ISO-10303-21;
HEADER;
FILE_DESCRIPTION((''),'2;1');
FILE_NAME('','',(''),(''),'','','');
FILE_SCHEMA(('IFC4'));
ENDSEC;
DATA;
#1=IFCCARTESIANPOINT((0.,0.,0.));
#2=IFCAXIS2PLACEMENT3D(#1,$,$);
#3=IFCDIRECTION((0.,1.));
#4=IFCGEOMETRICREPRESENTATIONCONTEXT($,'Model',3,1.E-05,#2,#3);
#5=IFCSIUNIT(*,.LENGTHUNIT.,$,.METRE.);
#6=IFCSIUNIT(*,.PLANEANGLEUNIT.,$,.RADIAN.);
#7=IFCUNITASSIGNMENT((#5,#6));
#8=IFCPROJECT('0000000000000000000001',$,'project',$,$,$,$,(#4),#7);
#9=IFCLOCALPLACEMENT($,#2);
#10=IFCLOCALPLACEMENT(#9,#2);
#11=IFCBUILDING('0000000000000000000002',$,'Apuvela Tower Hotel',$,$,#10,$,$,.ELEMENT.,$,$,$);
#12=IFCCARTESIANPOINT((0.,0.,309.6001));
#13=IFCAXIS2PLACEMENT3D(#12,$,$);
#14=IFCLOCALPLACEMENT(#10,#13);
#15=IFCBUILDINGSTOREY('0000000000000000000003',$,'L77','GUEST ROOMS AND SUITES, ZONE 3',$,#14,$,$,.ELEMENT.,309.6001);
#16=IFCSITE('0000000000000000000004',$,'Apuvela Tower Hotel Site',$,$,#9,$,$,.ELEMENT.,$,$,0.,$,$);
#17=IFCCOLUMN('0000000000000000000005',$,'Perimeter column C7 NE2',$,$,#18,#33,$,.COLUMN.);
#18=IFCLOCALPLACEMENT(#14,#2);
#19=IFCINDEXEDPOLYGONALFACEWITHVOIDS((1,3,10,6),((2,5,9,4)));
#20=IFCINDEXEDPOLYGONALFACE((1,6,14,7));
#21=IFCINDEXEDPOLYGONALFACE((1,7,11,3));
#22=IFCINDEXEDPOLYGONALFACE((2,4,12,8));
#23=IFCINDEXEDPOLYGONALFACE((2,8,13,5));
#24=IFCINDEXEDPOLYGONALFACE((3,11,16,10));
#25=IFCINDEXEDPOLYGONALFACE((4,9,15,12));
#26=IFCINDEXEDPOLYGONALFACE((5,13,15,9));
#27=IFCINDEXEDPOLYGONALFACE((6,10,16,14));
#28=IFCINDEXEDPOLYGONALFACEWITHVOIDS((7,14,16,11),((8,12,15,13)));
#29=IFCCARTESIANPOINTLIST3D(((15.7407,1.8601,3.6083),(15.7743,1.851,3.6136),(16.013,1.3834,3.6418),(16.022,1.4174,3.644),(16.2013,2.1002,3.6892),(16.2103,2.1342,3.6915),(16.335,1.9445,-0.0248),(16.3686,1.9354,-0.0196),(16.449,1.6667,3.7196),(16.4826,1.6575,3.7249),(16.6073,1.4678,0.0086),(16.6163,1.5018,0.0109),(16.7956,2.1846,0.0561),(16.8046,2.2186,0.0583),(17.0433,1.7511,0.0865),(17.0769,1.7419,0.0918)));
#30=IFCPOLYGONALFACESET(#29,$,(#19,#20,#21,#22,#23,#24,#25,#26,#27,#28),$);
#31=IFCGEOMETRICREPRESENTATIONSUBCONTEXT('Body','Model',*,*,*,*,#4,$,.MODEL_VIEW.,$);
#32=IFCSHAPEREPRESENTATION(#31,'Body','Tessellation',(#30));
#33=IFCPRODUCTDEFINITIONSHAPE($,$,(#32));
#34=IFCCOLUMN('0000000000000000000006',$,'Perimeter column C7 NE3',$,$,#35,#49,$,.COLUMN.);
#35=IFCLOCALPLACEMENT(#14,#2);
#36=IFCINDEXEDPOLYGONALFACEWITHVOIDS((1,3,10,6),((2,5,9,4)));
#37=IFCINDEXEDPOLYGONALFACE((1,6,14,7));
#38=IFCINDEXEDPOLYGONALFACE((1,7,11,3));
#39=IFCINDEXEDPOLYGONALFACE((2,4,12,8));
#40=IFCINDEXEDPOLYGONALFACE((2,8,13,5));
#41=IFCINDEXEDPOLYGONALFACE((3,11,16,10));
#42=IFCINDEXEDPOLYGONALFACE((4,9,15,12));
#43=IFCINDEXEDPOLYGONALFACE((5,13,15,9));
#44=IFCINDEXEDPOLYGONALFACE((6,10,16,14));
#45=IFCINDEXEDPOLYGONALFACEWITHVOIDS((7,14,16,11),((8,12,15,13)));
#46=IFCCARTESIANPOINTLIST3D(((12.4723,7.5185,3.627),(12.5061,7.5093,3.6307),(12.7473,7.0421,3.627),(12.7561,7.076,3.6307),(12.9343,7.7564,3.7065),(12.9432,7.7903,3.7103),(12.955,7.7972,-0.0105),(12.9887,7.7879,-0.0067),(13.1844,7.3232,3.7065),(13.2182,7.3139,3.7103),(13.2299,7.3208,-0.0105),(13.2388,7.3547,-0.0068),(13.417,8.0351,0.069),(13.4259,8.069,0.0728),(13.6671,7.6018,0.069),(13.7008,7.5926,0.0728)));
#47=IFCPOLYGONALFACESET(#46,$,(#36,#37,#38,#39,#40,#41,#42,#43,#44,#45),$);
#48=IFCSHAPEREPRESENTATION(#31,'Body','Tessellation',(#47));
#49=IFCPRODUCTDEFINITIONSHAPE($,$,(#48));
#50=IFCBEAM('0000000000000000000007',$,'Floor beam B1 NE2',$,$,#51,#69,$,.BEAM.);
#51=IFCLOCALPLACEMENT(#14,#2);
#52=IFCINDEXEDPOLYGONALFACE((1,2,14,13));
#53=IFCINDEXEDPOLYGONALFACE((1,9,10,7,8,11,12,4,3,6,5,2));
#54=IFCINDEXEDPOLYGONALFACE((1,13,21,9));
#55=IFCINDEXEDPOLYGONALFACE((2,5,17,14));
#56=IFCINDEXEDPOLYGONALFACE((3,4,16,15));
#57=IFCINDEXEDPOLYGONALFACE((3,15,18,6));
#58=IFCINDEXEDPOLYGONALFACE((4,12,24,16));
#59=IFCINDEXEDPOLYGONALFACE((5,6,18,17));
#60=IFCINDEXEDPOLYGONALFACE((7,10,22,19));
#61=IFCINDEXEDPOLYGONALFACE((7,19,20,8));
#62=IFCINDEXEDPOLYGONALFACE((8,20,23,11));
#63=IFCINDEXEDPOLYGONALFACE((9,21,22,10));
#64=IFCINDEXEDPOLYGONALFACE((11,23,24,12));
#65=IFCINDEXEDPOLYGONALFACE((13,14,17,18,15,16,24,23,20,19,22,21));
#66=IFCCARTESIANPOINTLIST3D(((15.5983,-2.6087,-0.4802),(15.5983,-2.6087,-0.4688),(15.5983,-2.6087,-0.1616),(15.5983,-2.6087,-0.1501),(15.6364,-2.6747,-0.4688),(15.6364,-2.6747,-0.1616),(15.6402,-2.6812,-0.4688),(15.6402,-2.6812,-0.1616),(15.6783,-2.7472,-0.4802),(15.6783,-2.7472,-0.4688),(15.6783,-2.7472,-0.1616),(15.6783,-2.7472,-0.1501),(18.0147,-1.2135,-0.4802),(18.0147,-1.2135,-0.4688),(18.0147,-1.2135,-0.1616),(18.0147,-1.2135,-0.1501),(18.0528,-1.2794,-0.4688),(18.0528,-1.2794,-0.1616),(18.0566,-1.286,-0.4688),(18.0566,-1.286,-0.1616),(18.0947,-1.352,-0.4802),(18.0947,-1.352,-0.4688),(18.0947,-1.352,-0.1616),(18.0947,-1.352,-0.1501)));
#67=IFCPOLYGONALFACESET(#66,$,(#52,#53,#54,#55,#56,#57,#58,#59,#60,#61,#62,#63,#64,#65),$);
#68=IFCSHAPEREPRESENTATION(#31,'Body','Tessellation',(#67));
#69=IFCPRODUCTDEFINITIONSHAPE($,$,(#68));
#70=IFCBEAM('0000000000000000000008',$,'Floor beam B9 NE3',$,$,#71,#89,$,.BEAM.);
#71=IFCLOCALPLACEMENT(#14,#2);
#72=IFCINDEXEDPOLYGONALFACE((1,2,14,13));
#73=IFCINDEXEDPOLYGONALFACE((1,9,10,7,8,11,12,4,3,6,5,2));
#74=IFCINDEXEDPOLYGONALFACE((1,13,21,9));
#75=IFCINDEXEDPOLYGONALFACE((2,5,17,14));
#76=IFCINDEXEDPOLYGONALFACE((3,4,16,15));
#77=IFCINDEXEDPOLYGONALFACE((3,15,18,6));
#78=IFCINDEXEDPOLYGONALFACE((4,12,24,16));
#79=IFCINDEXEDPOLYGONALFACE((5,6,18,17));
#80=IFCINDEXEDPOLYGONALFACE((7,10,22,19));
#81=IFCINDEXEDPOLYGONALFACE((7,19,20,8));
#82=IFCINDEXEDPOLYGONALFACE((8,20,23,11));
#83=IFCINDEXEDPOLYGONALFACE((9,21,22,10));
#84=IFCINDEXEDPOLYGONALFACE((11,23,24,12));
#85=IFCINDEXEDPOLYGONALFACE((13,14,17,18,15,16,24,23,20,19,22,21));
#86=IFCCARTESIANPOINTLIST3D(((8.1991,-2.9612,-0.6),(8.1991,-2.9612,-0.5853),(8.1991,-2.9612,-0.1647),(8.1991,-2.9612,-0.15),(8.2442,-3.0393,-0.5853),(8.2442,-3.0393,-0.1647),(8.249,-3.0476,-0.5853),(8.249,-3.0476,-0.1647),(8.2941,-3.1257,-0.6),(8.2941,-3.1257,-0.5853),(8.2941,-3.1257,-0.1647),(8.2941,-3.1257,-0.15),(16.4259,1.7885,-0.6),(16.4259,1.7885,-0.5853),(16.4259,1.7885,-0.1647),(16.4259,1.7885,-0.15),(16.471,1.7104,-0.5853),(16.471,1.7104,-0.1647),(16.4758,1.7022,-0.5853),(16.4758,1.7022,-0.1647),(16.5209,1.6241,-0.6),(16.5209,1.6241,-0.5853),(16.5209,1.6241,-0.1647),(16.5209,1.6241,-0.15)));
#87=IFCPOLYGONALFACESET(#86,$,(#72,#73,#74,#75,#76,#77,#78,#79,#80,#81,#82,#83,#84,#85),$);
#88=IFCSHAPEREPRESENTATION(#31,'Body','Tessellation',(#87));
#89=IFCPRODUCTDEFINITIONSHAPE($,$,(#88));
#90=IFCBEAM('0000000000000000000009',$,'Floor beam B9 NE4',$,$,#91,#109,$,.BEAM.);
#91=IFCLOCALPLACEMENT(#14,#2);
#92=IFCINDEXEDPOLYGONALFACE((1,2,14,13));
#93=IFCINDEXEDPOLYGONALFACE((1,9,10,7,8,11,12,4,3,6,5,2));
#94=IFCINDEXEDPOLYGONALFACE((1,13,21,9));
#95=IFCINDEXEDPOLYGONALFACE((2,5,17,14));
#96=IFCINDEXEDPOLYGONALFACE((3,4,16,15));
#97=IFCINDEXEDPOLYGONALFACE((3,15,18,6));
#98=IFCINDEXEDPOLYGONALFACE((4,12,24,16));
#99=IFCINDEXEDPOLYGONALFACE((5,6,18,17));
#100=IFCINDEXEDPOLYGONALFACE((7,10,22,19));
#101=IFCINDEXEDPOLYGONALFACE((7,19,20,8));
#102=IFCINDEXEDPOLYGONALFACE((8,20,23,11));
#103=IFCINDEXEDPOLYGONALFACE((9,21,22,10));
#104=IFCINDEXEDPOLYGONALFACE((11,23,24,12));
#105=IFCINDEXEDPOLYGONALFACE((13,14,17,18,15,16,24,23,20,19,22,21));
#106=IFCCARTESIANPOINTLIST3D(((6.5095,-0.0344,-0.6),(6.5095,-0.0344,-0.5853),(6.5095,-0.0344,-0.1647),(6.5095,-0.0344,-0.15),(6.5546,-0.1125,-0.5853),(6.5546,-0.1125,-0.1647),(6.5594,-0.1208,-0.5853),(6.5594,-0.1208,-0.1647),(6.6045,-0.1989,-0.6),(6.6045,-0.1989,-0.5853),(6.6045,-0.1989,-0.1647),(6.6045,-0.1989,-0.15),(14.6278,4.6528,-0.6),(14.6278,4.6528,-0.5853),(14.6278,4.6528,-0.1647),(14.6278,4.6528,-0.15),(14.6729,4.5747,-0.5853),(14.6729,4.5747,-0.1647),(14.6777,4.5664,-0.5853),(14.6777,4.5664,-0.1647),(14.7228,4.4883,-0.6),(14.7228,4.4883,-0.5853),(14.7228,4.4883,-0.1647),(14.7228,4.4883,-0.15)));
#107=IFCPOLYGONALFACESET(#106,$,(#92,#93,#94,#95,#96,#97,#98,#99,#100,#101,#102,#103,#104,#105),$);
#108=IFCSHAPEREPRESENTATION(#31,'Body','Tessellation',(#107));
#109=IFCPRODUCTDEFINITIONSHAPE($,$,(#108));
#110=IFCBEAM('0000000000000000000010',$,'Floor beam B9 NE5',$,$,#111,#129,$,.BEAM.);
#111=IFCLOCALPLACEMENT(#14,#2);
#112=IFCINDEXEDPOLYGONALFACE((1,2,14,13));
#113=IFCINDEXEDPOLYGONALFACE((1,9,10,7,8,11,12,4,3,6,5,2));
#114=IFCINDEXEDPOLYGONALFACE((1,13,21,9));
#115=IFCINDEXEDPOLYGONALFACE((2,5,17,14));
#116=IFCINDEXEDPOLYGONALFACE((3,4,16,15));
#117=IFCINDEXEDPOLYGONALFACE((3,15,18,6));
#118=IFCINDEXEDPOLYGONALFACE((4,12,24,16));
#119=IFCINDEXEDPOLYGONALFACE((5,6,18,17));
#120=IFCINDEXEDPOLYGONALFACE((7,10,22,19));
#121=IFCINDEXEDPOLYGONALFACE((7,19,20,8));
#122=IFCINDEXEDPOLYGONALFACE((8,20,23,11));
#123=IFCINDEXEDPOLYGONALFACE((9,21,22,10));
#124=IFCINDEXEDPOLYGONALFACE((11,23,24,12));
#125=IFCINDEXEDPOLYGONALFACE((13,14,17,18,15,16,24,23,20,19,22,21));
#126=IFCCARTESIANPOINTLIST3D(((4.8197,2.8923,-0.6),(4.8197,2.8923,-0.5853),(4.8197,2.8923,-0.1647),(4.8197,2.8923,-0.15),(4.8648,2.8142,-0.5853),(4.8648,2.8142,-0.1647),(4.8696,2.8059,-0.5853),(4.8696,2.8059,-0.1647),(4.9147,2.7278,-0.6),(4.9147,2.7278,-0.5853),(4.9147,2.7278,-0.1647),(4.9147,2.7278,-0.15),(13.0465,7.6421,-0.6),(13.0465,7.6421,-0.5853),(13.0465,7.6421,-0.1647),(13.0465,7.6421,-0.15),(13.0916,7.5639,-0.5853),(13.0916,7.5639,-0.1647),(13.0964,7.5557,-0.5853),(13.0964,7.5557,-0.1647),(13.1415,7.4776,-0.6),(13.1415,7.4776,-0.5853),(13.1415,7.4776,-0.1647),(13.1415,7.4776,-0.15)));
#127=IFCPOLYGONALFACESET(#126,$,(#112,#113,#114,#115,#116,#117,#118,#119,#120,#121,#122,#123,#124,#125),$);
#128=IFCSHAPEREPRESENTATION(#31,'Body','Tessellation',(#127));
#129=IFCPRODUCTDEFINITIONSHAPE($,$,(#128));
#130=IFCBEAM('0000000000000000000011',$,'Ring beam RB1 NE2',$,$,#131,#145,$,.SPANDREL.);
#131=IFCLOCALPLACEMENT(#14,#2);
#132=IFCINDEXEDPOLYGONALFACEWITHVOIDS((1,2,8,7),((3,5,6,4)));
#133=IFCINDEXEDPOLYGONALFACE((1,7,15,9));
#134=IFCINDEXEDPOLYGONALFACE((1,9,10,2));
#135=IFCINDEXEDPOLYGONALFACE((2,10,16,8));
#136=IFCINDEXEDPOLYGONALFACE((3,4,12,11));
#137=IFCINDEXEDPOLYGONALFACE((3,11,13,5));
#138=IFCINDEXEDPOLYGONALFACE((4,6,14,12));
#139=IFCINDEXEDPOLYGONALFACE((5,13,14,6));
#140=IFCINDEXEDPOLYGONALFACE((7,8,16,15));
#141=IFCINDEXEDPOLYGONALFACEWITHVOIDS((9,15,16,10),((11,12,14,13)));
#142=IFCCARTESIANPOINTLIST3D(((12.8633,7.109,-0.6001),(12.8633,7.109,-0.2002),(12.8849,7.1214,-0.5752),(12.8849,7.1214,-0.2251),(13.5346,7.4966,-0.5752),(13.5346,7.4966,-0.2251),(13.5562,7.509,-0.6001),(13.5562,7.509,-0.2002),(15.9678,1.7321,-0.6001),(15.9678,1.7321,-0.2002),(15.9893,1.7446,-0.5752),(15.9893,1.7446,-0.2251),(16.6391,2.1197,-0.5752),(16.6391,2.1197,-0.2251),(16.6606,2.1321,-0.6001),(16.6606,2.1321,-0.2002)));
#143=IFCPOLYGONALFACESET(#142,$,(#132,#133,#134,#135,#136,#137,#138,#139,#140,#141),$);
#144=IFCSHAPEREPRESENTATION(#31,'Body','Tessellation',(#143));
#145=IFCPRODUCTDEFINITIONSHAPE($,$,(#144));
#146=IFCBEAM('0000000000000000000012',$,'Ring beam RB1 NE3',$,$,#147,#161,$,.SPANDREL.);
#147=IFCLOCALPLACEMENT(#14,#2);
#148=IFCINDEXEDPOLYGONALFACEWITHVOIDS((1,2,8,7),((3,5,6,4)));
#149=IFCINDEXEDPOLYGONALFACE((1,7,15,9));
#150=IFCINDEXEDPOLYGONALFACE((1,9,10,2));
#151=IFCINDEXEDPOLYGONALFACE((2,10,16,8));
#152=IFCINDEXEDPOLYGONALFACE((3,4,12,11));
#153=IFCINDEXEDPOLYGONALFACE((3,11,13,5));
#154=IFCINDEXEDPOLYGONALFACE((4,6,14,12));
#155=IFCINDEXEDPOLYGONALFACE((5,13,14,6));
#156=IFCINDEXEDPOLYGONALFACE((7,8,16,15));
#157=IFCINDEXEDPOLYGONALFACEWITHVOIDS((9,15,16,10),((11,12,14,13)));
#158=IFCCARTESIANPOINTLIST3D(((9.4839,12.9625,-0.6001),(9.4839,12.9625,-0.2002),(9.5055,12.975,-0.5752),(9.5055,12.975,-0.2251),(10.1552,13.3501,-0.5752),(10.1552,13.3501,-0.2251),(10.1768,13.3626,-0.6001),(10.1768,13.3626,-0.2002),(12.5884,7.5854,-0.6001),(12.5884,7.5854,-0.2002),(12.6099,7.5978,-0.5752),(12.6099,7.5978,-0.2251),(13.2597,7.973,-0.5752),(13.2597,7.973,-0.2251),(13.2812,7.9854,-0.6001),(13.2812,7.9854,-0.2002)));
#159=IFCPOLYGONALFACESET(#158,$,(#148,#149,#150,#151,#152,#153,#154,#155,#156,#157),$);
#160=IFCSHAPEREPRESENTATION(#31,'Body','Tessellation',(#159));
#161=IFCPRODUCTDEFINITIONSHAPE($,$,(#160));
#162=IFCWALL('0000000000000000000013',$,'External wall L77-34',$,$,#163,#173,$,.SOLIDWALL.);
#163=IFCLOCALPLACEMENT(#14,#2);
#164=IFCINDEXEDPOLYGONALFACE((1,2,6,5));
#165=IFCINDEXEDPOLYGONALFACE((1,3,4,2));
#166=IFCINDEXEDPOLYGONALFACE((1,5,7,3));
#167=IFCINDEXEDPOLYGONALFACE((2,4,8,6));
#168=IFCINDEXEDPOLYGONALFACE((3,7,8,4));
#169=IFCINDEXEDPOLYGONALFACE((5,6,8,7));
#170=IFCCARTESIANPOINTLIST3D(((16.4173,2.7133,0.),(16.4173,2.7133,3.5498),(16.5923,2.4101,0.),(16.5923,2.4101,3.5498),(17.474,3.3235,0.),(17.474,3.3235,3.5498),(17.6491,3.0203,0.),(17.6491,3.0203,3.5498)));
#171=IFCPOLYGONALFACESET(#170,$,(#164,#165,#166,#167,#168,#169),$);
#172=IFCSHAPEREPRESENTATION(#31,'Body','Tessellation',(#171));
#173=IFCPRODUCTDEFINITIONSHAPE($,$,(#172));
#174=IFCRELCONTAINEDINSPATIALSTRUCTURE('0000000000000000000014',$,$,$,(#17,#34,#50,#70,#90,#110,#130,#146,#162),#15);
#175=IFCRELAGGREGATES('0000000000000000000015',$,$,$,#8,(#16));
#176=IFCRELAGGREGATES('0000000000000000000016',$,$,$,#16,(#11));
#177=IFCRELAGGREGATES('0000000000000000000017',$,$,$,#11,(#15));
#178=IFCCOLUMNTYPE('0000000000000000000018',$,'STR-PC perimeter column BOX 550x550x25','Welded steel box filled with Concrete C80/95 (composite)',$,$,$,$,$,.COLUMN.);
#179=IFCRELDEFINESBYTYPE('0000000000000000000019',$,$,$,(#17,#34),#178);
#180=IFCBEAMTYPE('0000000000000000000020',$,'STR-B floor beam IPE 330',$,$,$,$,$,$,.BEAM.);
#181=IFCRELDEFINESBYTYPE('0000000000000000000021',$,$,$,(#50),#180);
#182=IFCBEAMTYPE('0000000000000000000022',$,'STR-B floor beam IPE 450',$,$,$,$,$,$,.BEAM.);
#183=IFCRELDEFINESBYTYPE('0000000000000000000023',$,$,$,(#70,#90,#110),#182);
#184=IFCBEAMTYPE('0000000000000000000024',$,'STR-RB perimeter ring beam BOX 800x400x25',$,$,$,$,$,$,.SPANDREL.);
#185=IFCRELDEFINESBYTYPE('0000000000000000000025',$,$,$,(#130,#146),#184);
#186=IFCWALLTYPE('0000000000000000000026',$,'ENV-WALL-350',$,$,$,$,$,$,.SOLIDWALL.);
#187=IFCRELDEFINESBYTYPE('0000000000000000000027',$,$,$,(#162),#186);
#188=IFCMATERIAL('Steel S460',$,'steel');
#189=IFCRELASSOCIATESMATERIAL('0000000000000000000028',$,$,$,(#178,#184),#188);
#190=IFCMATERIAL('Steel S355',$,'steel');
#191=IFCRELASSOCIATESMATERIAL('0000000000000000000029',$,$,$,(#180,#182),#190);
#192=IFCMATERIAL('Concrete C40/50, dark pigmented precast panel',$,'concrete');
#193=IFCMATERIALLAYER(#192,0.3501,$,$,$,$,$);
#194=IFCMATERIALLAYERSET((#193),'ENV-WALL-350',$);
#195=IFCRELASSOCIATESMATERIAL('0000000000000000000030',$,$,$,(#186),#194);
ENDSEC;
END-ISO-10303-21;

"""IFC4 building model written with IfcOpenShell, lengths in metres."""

from ifc_helpers import new_model, si_unit, direction, frame, frame_2d, origin, origin_2d, place, context, subcontext, project, spatial, rectangle, hollow_rectangle, i_section, extrude, boolean, halfspace, material, layer, layer_set, material_profile, profile_set, type_object, element, save


model = new_model("IFC4")

# Units and contexts
model_context = context("Model", 3, precision=1e-05, world=origin(), true_north=direction((0.0, 1.0)))
body_context = subcontext(model_context, "Body", "Model", "MODEL_VIEW")
ifc_project = project(units=[si_unit("LENGTHUNIT", "METRE"), si_unit("PLANEANGLEUNIT", "RADIAN")], contexts=[model_context])

# Site, building, storey
site_placement = place(None, origin())
site = spatial("IfcSite", under=ifc_project, at=site_placement, Name="Apuvela Tower Hotel Site", CompositionType="ELEMENT", RefElevation=0.0)
building_placement = place(site_placement, origin())
building = spatial("IfcBuilding", under=site, at=building_placement, Name="Apuvela Tower Hotel", CompositionType="ELEMENT")
storey_placement = place(building_placement, frame((0.0, 0.0, 309.6001)))
storey = spatial("IfcBuildingStorey", under=building, at=storey_placement, Name="L77", Description="GUEST ROOMS AND SUITES, ZONE 3", CompositionType="ELEMENT", Elevation=309.6001)

# Columns
ifc_material_1 = material(Name="Steel S460", Category="steel")
ifc_material_profile_1 = material_profile(ifc_material_1, hollow_rectangle(XDim=0.55, YDim=0.55, WallThickness=0.0249, at=origin_2d()), Name="BOX 550x550x25")
ifc_material_2 = material(Name="Concrete C80/95", Category="concrete")
ifc_material_profile_2 = material_profile(ifc_material_2, rectangle(XDim=0.5, YDim=0.5, at=origin_2d()), Name="Concrete C80/95 infill")
ifc_profile_set_1 = profile_set([ifc_material_profile_1, ifc_material_profile_2], Name="Steel S460")
column_type = type_object("IfcColumnType", Name="STR-PC perimeter column BOX 550x550x25", Description="Welded steel box filled with Concrete C80/95 (composite)", PredefinedType="COLUMN", material=ifc_profile_set_1)
column_1_placement = place(storey_placement, frame((16.7114, 1.844, 0.0), z_axis=(-0.161389, -0.022916, 0.986625), x_axis=(0.49511, -0.866696, 0.060858)))
element("IfcColumn", 1, at=column_1_placement, inside=storey, type_object=column_type, Name="Perimeter column C7 NE2", PredefinedType="COLUMN", context=body_context, shape_type="SweptSolid", body=[
    boolean("DIFFERENCE", boolean("DIFFERENCE", extrude(hollow_rectangle(XDim=0.55, YDim=0.55, WallThickness=0.0249, at=origin_2d()), origin(), (0.0, 0.0, 1.0), 3.75), halfspace(frame((0.0, 0.0, 0.0339), z_axis=(0.0, 0.0, 1.0), x_axis=(1.0, 0.0, 0.0)), True)), halfspace(frame((0.0, 0.0, 3.7163), z_axis=(0.0, 0.0, 1.0), x_axis=(1.0, 0.0, 0.0)), False)),
])
column_2_placement = place(storey_placement, frame((13.332, 7.6973, 0.0), z_axis=(-0.131165, -0.075725, 0.988464), x_axis=(-0.499894, 0.866087, 0.000016)))
element("IfcColumn", 2, at=column_2_placement, inside=storey, type_object=column_type, Name="Perimeter column C7 NE3", PredefinedType="COLUMN", context=body_context, shape_type="SweptSolid", body=[
    boolean("DIFFERENCE", boolean("DIFFERENCE", extrude(hollow_rectangle(XDim=0.55, YDim=0.55, WallThickness=0.0249, at=origin_2d()), origin(), (0.0, 0.0, 1.0), 3.7432), halfspace(frame((0.0, 0.0, 0.0315), z_axis=(0.0, 0.0, 1.0), x_axis=(1.0, 0.0, 0.0)), True)), halfspace(frame((0.0, 0.0, 3.7114), z_axis=(0.0, 0.0, 1.0), x_axis=(1.0, 0.0, 0.0)), False)),
])

# Beams
ifc_material_3 = material(Name="Steel S355", Category="steel")
ifc_material_profile_3 = material_profile(ifc_material_3, i_section(OverallWidth=0.1599, OverallDepth=0.3301, WebThickness=0.0076, FlangeThickness=0.0115, at=origin_2d()), Name="IPE 330")
ifc_profile_set_2 = profile_set([ifc_material_profile_3], Name="Steel S355")
beam_type_1 = type_object("IfcBeamType", Name="STR-B floor beam IPE 330", PredefinedType="BEAM", material=ifc_profile_set_2)
beam_1_placement = place(storey_placement, frame((18.0547, -1.2827, -0.3152), z_axis=(-0.866011, -0.500025, 0.0), x_axis=(0.500025, -0.866011, 0.0)))
element("IfcBeam", 3, at=beam_1_placement, inside=storey, type_object=beam_type_1, Name="Floor beam B1 NE2", PredefinedType="BEAM", context=body_context, shape_type="SweptSolid", body=[
    extrude(i_section(OverallWidth=0.1599, OverallDepth=0.3301, WebThickness=0.0076, FlangeThickness=0.0115, at=origin_2d()), origin(), (0.0, 0.0, 1.0), 2.7903),
])
ifc_material_profile_4 = material_profile(ifc_material_3, i_section(OverallWidth=0.1899, OverallDepth=0.45, WebThickness=0.0095, FlangeThickness=0.0146, at=origin_2d()), Name="IPE 450")
ifc_profile_set_3 = profile_set([ifc_material_profile_4], Name="Steel S355")
beam_type_2 = type_object("IfcBeamType", Name="STR-B floor beam IPE 450", PredefinedType="BEAM", material=ifc_profile_set_3)
beam_2_placement = place(storey_placement, frame((16.4734, 1.7063, -0.375), z_axis=(-0.866025, -0.500001, 0.0), x_axis=(0.500001, -0.866025, 0.0)))
element("IfcBeam", 4, at=beam_2_placement, inside=storey, type_object=beam_type_2, Name="Floor beam B9 NE3", PredefinedType="BEAM", context=body_context, shape_type="SweptSolid", body=[
    extrude(i_section(OverallWidth=0.1899, OverallDepth=0.45, WebThickness=0.0095, FlangeThickness=0.0146, at=origin_2d()), origin(), (0.0, 0.0, 1.0), 9.4995),
])
beam_3_placement = place(storey_placement, frame((14.6753, 4.5706, -0.375), z_axis=(-0.866021, -0.500007, 0.0), x_axis=(0.500007, -0.866021, 0.0)))
element("IfcBeam", 5, at=beam_3_placement, inside=storey, type_object=beam_type_2, Name="Floor beam B9 NE4", PredefinedType="BEAM", context=body_context, shape_type="SweptSolid", body=[
    extrude(i_section(OverallWidth=0.1899, OverallDepth=0.45, WebThickness=0.0095, FlangeThickness=0.0146, at=origin_2d()), origin(), (0.0, 0.0, 1.0), 9.3743),
])
beam_4_placement = place(storey_placement, frame((13.094, 7.5598, -0.375), z_axis=(-0.866025, -0.500001, 0.0), x_axis=(0.500001, -0.866025, 0.0)))
element("IfcBeam", 6, at=beam_4_placement, inside=storey, type_object=beam_type_2, Name="Floor beam B9 NE5", PredefinedType="BEAM", context=body_context, shape_type="SweptSolid", body=[
    extrude(i_section(OverallWidth=0.1899, OverallDepth=0.45, WebThickness=0.0095, FlangeThickness=0.0146, at=origin_2d()), origin(), (0.0, 0.0, 1.0), 9.4995),
])
ifc_material_profile_5 = material_profile(ifc_material_1, hollow_rectangle(XDim=0.8, YDim=0.3999, WallThickness=0.0249, at=origin_2d()), Name="BOX 800x400x25")
ifc_profile_set_4 = profile_set([ifc_material_profile_5], Name="Steel S460")
beam_type_3 = type_object("IfcBeamType", Name="STR-RB perimeter ring beam BOX 800x400x25", PredefinedType="SPANDREL", material=ifc_profile_set_4)
beam_5_placement = place(storey_placement, frame((16.3142, 1.9321, -0.4001), z_axis=(-0.500013, 0.866018, 0.0), x_axis=(-0.866018, -0.500013, 0.0)))
element("IfcBeam", 7, at=beam_5_placement, inside=storey, type_object=beam_type_3, Name="Ring beam RB1 NE2", PredefinedType="SPANDREL", context=body_context, shape_type="SweptSolid", body=[
    extrude(hollow_rectangle(XDim=0.8, YDim=0.3999, WallThickness=0.0249, at=origin_2d()), origin(), (0.0, 0.0, 1.0), 6.2087),
])
beam_6_placement = place(storey_placement, frame((12.9348, 7.7854, -0.4001), z_axis=(-0.499996, 0.866028, 0.0), x_axis=(-0.866028, -0.499996, 0.0)))
element("IfcBeam", 8, at=beam_6_placement, inside=storey, type_object=beam_type_3, Name="Ring beam RB1 NE3", PredefinedType="SPANDREL", context=body_context, shape_type="SweptSolid", body=[
    extrude(hollow_rectangle(XDim=0.8, YDim=0.3999, WallThickness=0.0249, at=origin_2d()), origin(), (0.0, 0.0, 1.0), 6.209),
])

# Wall
ifc_material_4 = material(Name="Concrete C40/50, dark pigmented precast panel", Category="concrete")
ifc_layer_1 = layer(ifc_material_4, 0.3501)
ifc_layer_set_1 = layer_set([ifc_layer_1], Name="ENV-WALL-350")
wall_type_1 = type_object("IfcWallType", Name="ENV-WALL-350", PredefinedType="SOLIDWALL", material=ifc_layer_set_1)
wall_1_placement = place(storey_placement, frame((17.5615, 3.1719, 0.0), z_axis=(0.0, 0.0, 1.0), x_axis=(-0.866006, -0.500034, 0.0)))
element("IfcWall", 9, at=wall_1_placement, inside=storey, type_object=wall_type_1, Name="External wall L77-34", PredefinedType="SOLIDWALL", context=body_context, shape_type="SweptSolid", body=[
    extrude(rectangle(XDim=1.2202, YDim=0.3501, at=frame_2d((0.6101, 0.0))), origin(), (0.0, 0.0, 1.0), 3.5498),
])

save(model, "model.ifc")
